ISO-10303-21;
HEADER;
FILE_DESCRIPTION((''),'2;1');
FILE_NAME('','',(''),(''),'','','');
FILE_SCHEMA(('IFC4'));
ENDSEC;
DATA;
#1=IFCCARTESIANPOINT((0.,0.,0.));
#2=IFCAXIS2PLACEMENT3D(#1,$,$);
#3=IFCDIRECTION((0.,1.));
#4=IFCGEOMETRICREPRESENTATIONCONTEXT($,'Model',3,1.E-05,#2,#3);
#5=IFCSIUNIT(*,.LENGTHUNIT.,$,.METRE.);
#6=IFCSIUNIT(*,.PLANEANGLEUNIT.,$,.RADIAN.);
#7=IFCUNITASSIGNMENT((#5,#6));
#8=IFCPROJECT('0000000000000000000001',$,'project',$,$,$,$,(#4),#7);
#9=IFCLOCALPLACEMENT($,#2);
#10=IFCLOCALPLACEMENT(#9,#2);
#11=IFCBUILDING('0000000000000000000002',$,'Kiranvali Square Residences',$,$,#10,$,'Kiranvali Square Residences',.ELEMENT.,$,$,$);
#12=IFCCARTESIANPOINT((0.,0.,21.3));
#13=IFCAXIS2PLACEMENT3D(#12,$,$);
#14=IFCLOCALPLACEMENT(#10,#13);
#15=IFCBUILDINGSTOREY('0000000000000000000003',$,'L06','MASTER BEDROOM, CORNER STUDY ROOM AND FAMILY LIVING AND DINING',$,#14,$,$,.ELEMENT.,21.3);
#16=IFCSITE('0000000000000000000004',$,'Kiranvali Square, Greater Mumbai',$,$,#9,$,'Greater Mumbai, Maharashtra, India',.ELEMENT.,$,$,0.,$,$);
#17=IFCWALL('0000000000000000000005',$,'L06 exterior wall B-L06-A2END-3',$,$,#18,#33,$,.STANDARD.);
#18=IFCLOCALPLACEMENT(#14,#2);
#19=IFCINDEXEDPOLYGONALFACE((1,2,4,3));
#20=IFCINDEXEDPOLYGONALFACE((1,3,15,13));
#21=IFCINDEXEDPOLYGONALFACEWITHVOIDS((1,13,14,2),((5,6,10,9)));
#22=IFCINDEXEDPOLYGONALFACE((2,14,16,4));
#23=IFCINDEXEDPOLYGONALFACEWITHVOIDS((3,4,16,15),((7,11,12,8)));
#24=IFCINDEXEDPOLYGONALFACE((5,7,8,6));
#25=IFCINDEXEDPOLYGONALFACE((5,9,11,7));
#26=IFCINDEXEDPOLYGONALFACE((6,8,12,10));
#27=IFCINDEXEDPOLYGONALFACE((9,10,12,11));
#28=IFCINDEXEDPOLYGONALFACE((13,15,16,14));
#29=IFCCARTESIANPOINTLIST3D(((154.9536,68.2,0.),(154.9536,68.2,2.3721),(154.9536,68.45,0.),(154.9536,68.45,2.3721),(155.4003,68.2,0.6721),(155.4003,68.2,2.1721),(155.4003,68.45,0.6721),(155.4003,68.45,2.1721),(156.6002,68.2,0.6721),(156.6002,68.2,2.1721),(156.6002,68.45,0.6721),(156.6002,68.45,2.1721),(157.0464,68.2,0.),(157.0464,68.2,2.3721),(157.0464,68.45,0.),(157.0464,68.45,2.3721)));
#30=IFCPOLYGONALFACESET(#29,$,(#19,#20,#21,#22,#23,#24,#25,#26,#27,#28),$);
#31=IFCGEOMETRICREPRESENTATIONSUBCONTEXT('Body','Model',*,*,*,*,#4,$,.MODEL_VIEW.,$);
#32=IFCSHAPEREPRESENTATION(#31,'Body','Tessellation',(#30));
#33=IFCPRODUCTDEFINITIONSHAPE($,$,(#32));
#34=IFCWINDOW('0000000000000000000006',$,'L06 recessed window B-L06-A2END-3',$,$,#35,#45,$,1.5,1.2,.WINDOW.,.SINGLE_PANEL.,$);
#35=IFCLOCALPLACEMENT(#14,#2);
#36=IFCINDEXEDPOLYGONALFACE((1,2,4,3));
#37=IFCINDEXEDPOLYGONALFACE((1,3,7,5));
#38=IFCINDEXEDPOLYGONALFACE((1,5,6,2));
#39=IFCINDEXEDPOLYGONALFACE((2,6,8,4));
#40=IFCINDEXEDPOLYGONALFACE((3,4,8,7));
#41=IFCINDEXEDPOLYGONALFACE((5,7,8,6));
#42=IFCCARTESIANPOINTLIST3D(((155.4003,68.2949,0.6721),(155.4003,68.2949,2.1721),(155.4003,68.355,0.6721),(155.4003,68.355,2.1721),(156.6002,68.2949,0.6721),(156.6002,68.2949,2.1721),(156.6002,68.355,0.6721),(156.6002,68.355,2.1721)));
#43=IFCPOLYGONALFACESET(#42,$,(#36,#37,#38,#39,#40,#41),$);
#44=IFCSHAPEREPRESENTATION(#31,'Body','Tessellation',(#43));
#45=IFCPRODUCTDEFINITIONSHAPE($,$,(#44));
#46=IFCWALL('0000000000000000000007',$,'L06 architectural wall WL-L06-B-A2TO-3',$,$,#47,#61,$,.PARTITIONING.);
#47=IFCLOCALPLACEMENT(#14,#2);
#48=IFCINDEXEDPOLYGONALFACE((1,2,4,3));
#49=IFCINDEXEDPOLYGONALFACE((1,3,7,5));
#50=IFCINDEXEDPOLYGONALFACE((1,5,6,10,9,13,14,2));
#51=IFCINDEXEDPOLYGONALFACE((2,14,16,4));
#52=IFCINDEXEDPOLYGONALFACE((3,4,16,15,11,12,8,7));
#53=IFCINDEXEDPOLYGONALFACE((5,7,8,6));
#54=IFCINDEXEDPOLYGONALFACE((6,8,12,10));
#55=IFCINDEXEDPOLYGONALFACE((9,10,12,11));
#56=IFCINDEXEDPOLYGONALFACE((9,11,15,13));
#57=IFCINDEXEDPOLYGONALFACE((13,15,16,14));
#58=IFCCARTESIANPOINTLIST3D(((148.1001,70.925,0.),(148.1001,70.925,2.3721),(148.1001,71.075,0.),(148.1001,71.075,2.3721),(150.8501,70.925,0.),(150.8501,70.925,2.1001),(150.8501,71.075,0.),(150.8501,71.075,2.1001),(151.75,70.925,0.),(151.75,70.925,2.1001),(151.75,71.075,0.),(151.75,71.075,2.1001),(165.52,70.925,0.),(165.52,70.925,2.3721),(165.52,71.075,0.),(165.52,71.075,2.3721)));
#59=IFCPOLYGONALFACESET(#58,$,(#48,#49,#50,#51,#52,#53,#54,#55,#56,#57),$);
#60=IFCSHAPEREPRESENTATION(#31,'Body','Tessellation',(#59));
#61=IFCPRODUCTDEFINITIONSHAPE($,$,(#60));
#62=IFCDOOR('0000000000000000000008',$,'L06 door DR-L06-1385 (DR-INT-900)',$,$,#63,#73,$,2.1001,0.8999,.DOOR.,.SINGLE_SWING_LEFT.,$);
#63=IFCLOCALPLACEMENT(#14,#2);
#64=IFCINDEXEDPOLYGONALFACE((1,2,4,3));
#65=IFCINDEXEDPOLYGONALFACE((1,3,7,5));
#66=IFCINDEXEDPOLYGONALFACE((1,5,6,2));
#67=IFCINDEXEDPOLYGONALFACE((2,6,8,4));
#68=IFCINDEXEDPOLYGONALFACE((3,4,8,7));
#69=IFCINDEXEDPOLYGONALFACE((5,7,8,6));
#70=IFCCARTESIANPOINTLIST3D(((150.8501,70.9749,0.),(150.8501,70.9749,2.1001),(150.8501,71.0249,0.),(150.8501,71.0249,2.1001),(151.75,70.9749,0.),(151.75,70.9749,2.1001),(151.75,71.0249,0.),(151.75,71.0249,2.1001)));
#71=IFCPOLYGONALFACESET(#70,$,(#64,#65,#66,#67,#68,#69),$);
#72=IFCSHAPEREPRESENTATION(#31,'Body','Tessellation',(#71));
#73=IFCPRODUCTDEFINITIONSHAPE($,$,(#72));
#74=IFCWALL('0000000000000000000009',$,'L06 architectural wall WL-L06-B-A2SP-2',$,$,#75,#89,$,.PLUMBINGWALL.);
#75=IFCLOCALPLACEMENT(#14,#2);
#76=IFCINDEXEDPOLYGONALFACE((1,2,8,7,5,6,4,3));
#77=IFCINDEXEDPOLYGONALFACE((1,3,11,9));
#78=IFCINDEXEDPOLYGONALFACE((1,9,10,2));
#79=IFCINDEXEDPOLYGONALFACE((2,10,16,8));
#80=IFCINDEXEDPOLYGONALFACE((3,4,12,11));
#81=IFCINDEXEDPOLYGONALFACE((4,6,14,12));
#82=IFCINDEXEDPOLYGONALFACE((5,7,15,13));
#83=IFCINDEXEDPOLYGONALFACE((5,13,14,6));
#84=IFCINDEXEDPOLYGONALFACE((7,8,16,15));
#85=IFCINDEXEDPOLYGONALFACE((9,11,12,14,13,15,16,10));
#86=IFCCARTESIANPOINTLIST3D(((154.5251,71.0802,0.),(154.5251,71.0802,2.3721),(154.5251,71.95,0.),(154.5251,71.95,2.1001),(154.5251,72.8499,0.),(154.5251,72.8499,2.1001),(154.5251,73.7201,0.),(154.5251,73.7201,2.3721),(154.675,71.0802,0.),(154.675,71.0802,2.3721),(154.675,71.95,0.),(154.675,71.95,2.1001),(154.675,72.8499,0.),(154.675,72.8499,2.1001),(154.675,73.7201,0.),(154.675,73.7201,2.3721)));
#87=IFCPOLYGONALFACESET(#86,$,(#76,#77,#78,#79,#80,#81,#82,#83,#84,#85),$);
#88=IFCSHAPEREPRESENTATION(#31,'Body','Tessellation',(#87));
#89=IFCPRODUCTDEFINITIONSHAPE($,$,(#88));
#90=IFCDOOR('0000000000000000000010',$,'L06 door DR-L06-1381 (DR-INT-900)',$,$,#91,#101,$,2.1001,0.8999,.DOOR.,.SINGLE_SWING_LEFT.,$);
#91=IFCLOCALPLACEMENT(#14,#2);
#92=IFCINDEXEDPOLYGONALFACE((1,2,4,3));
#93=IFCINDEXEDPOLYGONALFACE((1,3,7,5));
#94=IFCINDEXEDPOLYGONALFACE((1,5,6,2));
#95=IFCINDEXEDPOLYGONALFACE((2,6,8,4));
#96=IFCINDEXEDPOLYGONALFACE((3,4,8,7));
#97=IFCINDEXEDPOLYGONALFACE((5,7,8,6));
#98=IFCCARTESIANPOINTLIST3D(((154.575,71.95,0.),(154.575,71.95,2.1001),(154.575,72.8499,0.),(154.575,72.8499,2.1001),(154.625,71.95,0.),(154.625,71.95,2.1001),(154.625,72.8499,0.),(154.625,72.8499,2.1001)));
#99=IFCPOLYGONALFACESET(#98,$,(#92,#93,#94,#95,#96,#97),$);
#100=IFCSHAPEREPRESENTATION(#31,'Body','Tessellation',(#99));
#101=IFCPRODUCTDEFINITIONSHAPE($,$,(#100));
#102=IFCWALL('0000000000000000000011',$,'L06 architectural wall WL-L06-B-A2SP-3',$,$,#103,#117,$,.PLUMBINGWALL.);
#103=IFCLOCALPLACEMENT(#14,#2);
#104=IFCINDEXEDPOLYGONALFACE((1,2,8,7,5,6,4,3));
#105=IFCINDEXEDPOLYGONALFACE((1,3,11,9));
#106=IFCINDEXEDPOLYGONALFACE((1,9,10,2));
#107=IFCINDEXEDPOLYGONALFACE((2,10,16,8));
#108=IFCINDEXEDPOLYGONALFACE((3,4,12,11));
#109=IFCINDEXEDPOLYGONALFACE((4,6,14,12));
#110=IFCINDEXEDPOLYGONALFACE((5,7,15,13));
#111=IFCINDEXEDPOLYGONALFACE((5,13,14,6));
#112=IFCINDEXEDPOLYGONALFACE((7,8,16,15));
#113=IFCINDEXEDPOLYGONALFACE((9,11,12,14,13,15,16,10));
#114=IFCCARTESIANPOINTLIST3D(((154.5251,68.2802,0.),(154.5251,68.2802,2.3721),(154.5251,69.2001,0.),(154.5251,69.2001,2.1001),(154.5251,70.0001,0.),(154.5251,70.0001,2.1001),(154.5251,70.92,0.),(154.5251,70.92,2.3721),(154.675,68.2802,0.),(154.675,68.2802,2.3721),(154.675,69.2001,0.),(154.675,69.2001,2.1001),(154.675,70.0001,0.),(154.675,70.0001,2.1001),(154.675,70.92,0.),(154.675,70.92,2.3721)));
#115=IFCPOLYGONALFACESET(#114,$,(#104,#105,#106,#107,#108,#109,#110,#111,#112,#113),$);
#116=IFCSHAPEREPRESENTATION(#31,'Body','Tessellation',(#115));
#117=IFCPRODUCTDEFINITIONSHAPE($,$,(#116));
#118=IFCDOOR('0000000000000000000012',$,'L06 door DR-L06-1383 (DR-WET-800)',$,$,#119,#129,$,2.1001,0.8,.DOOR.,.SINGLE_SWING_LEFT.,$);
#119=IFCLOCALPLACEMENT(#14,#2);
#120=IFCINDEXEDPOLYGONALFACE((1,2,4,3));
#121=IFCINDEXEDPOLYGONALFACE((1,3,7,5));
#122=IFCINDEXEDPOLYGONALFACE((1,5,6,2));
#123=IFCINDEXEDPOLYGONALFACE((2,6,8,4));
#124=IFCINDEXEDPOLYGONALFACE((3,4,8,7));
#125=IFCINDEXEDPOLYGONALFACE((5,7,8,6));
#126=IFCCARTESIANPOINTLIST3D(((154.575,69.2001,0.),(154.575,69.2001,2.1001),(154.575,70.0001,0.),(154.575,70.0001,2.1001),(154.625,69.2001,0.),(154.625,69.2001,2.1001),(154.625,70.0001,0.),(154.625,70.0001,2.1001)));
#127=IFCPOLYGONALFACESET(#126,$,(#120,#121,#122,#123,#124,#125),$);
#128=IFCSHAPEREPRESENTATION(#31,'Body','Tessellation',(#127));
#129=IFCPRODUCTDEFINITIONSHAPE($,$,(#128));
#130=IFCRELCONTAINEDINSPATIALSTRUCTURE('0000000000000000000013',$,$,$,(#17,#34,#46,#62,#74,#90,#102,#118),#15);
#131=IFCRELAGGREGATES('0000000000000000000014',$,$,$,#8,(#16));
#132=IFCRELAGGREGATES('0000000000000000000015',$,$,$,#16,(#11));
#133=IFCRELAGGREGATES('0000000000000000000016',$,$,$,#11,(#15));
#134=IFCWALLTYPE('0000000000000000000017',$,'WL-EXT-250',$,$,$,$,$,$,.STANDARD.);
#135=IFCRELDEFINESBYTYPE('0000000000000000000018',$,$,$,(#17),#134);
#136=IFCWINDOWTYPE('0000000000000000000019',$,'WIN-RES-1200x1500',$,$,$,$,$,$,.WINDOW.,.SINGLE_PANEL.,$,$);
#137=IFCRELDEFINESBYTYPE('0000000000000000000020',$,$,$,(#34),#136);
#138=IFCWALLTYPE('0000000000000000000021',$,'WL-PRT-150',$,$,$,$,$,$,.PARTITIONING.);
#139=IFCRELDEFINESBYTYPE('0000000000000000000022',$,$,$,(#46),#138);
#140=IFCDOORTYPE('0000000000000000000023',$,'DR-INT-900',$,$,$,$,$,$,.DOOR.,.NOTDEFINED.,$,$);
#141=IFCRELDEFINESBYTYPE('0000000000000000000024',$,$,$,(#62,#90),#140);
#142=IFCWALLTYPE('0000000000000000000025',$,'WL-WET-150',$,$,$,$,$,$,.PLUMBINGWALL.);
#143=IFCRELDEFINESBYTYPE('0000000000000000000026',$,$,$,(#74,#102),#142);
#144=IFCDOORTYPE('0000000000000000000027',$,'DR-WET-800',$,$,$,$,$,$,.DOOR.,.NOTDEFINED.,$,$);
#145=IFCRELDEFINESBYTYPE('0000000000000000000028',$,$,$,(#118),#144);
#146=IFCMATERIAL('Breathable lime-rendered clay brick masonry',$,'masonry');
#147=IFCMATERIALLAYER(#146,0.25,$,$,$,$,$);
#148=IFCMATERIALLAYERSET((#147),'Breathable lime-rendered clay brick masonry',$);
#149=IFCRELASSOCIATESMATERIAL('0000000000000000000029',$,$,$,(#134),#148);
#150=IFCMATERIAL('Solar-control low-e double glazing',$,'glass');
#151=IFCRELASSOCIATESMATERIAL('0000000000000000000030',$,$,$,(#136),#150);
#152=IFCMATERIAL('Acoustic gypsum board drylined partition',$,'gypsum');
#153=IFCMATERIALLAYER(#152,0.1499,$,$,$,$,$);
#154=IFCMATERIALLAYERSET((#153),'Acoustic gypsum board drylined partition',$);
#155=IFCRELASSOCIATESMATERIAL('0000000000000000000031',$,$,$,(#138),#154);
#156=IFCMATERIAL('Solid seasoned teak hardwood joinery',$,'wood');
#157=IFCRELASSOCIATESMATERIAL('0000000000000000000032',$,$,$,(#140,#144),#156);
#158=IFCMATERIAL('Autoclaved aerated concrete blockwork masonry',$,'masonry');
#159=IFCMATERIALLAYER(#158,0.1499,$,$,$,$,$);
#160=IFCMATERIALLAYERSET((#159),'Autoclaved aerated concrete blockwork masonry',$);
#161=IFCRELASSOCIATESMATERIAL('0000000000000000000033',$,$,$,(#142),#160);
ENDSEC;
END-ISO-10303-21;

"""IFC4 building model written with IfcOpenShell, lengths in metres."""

from ifc_helpers import new_model, si_unit, direction, frame, frame_2d, origin, place, context, subcontext, project, spatial, rectangle, extrude, material, layer, layer_set, type_object, element, fill, save


model = new_model("IFC4")

# Units and contexts
model_context = context("Model", 3, precision=1e-05, world=origin(), true_north=direction((0.0, 1.0)))
body_context = subcontext(model_context, "Body", "Model", "MODEL_VIEW")
ifc_project = project(units=[si_unit("LENGTHUNIT", "METRE"), si_unit("PLANEANGLEUNIT", "RADIAN")], contexts=[model_context])

# Site, building, storey
site_placement = place(None, origin())
site = spatial("IfcSite", under=ifc_project, at=site_placement, Name="Kiranvali Square, Greater Mumbai", LongName="Greater Mumbai, Maharashtra, India", CompositionType="ELEMENT", RefElevation=0.0)
building_placement = place(site_placement, origin())
building = spatial("IfcBuilding", under=site, at=building_placement, Name="Kiranvali Square Residences", LongName="Kiranvali Square Residences", CompositionType="ELEMENT")
storey_placement = place(building_placement, frame((0.0, 0.0, 21.3)))
storey = spatial("IfcBuildingStorey", under=building, at=storey_placement, Name="L06", Description="MASTER BEDROOM, CORNER STUDY ROOM AND FAMILY LIVING AND DINING", CompositionType="ELEMENT", Elevation=21.3)

# Shared definitions
ifc_material_1 = material(Name="Autoclaved aerated concrete blockwork masonry", Category="masonry")

# Wall, opening, window
ifc_material_2 = material(Name="Breathable lime-rendered clay brick masonry", Category="masonry")
ifc_layer_1 = layer(ifc_material_2, 0.25)
ifc_layer_set_1 = layer_set([ifc_layer_1], Name="Breathable lime-rendered clay brick masonry")
wall_type_1 = type_object("IfcWallType", Name="WL-EXT-250", PredefinedType="STANDARD", material=ifc_layer_set_1)
ifc_material_3 = material(Name="Solar-control low-e double glazing", Category="glass")
wall_1_placement = place(storey_placement, frame((154.9536, 68.325, 0.0), z_axis=(0.0, 0.0, 1.0), x_axis=(1.0, 0.0, 0.0)))
wall_1 = element("IfcWall", 1, at=wall_1_placement, inside=storey, type_object=wall_type_1, Name="L06 exterior wall B-L06-A2END-3", PredefinedType="STANDARD", context=body_context, shape_type="SweptSolid", body=[
    extrude(rectangle(XDim=2.0928, YDim=0.25, at=frame_2d((1.0464, 0.0))), origin(), (0.0, 0.0, 1.0), 2.3721),
])
opening_1_placement = place(wall_1_placement, frame((0.4465, 0.0, 0.6721)))
opening_1 = element("IfcOpeningElement", 2, at=opening_1_placement, cuts=wall_1, PredefinedType="OPENING", context=body_context, shape_type="SweptSolid", body=[
    extrude(rectangle(XDim=1.2, YDim=1.5, at=frame_2d((0.6001, 0.75))), frame((0.0, 0.135, 0.0), z_axis=(0.0, -1.0, 0.0), x_axis=(1.0, 0.0, 0.0)), (0.0, 0.0, 1.0), 0.27),
])
window_type_1 = type_object("IfcWindowType", Name="WIN-RES-1200x1500", PartitioningType="SINGLE_PANEL", PredefinedType="WINDOW", material=ifc_material_3)
window_1_placement = place(opening_1_placement, origin())
window_1 = element("IfcWindow", 3, at=window_1_placement, inside=storey, type_object=window_type_1, Name="L06 recessed window B-L06-A2END-3", OverallHeight=1.5, OverallWidth=1.2, PartitioningType="SINGLE_PANEL", PredefinedType="WINDOW", context=body_context, shape_type="SweptSolid", body=[
    extrude(rectangle(XDim=1.2, YDim=1.5, at=frame_2d((0.6001, 0.75))), frame((0.0, 0.03, 0.0), z_axis=(0.0, -1.0, 0.0), x_axis=(1.0, 0.0, 0.0)), (0.0, 0.0, 1.0), 0.0601),
])
fill(opening_1, window_1)

# Walls, openings, doors
ifc_material_4 = material(Name="Acoustic gypsum board drylined partition", Category="gypsum")
ifc_layer_2 = layer(ifc_material_4, 0.1499)
ifc_layer_set_2 = layer_set([ifc_layer_2], Name="Acoustic gypsum board drylined partition")
wall_type_2 = type_object("IfcWallType", Name="WL-PRT-150", PredefinedType="PARTITIONING", material=ifc_layer_set_2)
wall_2_placement = place(storey_placement, frame((148.1001, 71.0, 0.0), z_axis=(0.0, 0.0, 1.0), x_axis=(1.0, 0.0, 0.0)))
wall_2 = element("IfcWall", 4, at=wall_2_placement, inside=storey, type_object=wall_type_2, Name="L06 architectural wall WL-L06-B-A2TO-3", PredefinedType="PARTITIONING", context=body_context, shape_type="SweptSolid", body=[
    extrude(rectangle(XDim=17.4199, YDim=0.1499, at=frame_2d((8.71, 0.0))), origin(), (0.0, 0.0, 1.0), 2.3721),
])
opening_2_placement = place(wall_2_placement, frame((2.75, 0.0, 0.0)))
opening_2 = element("IfcOpeningElement", 5, at=opening_2_placement, cuts=wall_2, PredefinedType="OPENING", context=body_context, shape_type="SweptSolid", body=[
    extrude(rectangle(XDim=0.8999, YDim=2.1001, at=frame_2d((0.45, 1.05))), frame((0.0, 0.085, 0.0), z_axis=(0.0, -1.0, 0.0), x_axis=(1.0, 0.0, 0.0)), (0.0, 0.0, 1.0), 0.1699),
])
ifc_material_5 = material(Name="Solid seasoned teak hardwood joinery", Category="wood")
door_type_1 = type_object("IfcDoorType", Name="DR-INT-900", OperationType="NOTDEFINED", PredefinedType="DOOR", material=ifc_material_5)
door_1_placement = place(opening_2_placement, origin())
door_1 = element("IfcDoor", 6, at=door_1_placement, inside=storey, type_object=door_type_1, Name="L06 door DR-L06-1385 (DR-INT-900)", OperationType="SINGLE_SWING_LEFT", OverallHeight=2.1001, OverallWidth=0.8999, PredefinedType="DOOR", context=body_context, shape_type="SweptSolid", body=[
    extrude(rectangle(XDim=0.8999, YDim=2.1001, at=frame_2d((0.45, 1.05))), frame((0.0, 0.0249, 0.0), z_axis=(0.0, -1.0, 0.0), x_axis=(1.0, 0.0, 0.0)), (0.0, 0.0, 1.0), 0.05),
])
fill(opening_2, door_1)
ifc_layer_3 = layer(ifc_material_1, 0.1499)
ifc_layer_set_3 = layer_set([ifc_layer_3], Name="Autoclaved aerated concrete blockwork masonry")
wall_type_3 = type_object("IfcWallType", Name="WL-WET-150", PredefinedType="PLUMBINGWALL", material=ifc_layer_set_3)
wall_3_placement = place(storey_placement, frame((154.6001, 73.72, 0.0), z_axis=(0.0, 0.0, 1.0), x_axis=(0.0, -1.0, 0.0)))
wall_3 = element("IfcWall", 7, at=wall_3_placement, inside=storey, type_object=wall_type_3, Name="L06 architectural wall WL-L06-B-A2SP-2", PredefinedType="PLUMBINGWALL", context=body_context, shape_type="SweptSolid", body=[
    extrude(rectangle(XDim=2.6399, YDim=0.1499, at=frame_2d((1.3198, 0.0))), origin(), (0.0, 0.0, 1.0), 2.3721),
])
opening_3_placement = place(wall_3_placement, frame((0.8701, 0.0, 0.0)))
opening_3 = element("IfcOpeningElement", 8, at=opening_3_placement, cuts=wall_3, PredefinedType="OPENING", context=body_context, shape_type="SweptSolid", body=[
    extrude(rectangle(XDim=0.8999, YDim=2.1001, at=frame_2d((0.45, 1.05))), frame((0.0, 0.085, 0.0), z_axis=(0.0, -1.0, 0.0), x_axis=(1.0, 0.0, 0.0)), (0.0, 0.0, 1.0), 0.1699),
])
door_2_placement = place(opening_3_placement, origin())
door_2 = element("IfcDoor", 9, at=door_2_placement, inside=storey, type_object=door_type_1, Name="L06 door DR-L06-1381 (DR-INT-900)", OperationType="SINGLE_SWING_LEFT", OverallHeight=2.1001, OverallWidth=0.8999, PredefinedType="DOOR", context=body_context, shape_type="SweptSolid", body=[
    extrude(rectangle(XDim=0.8999, YDim=2.1001, at=frame_2d((0.45, 1.05))), frame((0.0, 0.0249, 0.0), z_axis=(0.0, -1.0, 0.0), x_axis=(1.0, 0.0, 0.0)), (0.0, 0.0, 1.0), 0.05),
])
fill(opening_3, door_2)
wall_4_placement = place(storey_placement, frame((154.6001, 70.9199, 0.0), z_axis=(0.0, 0.0, 1.0), x_axis=(0.0, -1.0, 0.0)))
wall_4 = element("IfcWall", 10, at=wall_4_placement, inside=storey, type_object=wall_type_3, Name="L06 architectural wall WL-L06-B-A2SP-3", PredefinedType="PLUMBINGWALL", context=body_context, shape_type="SweptSolid", body=[
    extrude(rectangle(XDim=2.6399, YDim=0.1499, at=frame_2d((1.3198, 0.0))), origin(), (0.0, 0.0, 1.0), 2.3721),
])
opening_4_placement = place(wall_4_placement, frame((0.9199, 0.0, 0.0)))
opening_4 = element("IfcOpeningElement", 11, at=opening_4_placement, cuts=wall_4, PredefinedType="OPENING", context=body_context, shape_type="SweptSolid", body=[
    extrude(rectangle(XDim=0.8, YDim=2.1001, at=frame_2d((0.3999, 1.05))), frame((0.0, 0.085, 0.0), z_axis=(0.0, -1.0, 0.0), x_axis=(1.0, 0.0, 0.0)), (0.0, 0.0, 1.0), 0.1699),
])
door_type_2 = type_object("IfcDoorType", Name="DR-WET-800", OperationType="NOTDEFINED", PredefinedType="DOOR", material=ifc_material_5)
door_3_placement = place(opening_4_placement, origin())
door_3 = element("IfcDoor", 12, at=door_3_placement, inside=storey, type_object=door_type_2, Name="L06 door DR-L06-1383 (DR-WET-800)", OperationType="SINGLE_SWING_LEFT", OverallHeight=2.1001, OverallWidth=0.8, PredefinedType="DOOR", context=body_context, shape_type="SweptSolid", body=[
    extrude(rectangle(XDim=0.8, YDim=2.1001, at=frame_2d((0.3999, 1.05))), frame((0.0, 0.0249, 0.0), z_axis=(0.0, -1.0, 0.0), x_axis=(1.0, 0.0, 0.0)), (0.0, 0.0, 1.0), 0.05),
])
fill(opening_4, door_3)

save(model, "model.ifc")
